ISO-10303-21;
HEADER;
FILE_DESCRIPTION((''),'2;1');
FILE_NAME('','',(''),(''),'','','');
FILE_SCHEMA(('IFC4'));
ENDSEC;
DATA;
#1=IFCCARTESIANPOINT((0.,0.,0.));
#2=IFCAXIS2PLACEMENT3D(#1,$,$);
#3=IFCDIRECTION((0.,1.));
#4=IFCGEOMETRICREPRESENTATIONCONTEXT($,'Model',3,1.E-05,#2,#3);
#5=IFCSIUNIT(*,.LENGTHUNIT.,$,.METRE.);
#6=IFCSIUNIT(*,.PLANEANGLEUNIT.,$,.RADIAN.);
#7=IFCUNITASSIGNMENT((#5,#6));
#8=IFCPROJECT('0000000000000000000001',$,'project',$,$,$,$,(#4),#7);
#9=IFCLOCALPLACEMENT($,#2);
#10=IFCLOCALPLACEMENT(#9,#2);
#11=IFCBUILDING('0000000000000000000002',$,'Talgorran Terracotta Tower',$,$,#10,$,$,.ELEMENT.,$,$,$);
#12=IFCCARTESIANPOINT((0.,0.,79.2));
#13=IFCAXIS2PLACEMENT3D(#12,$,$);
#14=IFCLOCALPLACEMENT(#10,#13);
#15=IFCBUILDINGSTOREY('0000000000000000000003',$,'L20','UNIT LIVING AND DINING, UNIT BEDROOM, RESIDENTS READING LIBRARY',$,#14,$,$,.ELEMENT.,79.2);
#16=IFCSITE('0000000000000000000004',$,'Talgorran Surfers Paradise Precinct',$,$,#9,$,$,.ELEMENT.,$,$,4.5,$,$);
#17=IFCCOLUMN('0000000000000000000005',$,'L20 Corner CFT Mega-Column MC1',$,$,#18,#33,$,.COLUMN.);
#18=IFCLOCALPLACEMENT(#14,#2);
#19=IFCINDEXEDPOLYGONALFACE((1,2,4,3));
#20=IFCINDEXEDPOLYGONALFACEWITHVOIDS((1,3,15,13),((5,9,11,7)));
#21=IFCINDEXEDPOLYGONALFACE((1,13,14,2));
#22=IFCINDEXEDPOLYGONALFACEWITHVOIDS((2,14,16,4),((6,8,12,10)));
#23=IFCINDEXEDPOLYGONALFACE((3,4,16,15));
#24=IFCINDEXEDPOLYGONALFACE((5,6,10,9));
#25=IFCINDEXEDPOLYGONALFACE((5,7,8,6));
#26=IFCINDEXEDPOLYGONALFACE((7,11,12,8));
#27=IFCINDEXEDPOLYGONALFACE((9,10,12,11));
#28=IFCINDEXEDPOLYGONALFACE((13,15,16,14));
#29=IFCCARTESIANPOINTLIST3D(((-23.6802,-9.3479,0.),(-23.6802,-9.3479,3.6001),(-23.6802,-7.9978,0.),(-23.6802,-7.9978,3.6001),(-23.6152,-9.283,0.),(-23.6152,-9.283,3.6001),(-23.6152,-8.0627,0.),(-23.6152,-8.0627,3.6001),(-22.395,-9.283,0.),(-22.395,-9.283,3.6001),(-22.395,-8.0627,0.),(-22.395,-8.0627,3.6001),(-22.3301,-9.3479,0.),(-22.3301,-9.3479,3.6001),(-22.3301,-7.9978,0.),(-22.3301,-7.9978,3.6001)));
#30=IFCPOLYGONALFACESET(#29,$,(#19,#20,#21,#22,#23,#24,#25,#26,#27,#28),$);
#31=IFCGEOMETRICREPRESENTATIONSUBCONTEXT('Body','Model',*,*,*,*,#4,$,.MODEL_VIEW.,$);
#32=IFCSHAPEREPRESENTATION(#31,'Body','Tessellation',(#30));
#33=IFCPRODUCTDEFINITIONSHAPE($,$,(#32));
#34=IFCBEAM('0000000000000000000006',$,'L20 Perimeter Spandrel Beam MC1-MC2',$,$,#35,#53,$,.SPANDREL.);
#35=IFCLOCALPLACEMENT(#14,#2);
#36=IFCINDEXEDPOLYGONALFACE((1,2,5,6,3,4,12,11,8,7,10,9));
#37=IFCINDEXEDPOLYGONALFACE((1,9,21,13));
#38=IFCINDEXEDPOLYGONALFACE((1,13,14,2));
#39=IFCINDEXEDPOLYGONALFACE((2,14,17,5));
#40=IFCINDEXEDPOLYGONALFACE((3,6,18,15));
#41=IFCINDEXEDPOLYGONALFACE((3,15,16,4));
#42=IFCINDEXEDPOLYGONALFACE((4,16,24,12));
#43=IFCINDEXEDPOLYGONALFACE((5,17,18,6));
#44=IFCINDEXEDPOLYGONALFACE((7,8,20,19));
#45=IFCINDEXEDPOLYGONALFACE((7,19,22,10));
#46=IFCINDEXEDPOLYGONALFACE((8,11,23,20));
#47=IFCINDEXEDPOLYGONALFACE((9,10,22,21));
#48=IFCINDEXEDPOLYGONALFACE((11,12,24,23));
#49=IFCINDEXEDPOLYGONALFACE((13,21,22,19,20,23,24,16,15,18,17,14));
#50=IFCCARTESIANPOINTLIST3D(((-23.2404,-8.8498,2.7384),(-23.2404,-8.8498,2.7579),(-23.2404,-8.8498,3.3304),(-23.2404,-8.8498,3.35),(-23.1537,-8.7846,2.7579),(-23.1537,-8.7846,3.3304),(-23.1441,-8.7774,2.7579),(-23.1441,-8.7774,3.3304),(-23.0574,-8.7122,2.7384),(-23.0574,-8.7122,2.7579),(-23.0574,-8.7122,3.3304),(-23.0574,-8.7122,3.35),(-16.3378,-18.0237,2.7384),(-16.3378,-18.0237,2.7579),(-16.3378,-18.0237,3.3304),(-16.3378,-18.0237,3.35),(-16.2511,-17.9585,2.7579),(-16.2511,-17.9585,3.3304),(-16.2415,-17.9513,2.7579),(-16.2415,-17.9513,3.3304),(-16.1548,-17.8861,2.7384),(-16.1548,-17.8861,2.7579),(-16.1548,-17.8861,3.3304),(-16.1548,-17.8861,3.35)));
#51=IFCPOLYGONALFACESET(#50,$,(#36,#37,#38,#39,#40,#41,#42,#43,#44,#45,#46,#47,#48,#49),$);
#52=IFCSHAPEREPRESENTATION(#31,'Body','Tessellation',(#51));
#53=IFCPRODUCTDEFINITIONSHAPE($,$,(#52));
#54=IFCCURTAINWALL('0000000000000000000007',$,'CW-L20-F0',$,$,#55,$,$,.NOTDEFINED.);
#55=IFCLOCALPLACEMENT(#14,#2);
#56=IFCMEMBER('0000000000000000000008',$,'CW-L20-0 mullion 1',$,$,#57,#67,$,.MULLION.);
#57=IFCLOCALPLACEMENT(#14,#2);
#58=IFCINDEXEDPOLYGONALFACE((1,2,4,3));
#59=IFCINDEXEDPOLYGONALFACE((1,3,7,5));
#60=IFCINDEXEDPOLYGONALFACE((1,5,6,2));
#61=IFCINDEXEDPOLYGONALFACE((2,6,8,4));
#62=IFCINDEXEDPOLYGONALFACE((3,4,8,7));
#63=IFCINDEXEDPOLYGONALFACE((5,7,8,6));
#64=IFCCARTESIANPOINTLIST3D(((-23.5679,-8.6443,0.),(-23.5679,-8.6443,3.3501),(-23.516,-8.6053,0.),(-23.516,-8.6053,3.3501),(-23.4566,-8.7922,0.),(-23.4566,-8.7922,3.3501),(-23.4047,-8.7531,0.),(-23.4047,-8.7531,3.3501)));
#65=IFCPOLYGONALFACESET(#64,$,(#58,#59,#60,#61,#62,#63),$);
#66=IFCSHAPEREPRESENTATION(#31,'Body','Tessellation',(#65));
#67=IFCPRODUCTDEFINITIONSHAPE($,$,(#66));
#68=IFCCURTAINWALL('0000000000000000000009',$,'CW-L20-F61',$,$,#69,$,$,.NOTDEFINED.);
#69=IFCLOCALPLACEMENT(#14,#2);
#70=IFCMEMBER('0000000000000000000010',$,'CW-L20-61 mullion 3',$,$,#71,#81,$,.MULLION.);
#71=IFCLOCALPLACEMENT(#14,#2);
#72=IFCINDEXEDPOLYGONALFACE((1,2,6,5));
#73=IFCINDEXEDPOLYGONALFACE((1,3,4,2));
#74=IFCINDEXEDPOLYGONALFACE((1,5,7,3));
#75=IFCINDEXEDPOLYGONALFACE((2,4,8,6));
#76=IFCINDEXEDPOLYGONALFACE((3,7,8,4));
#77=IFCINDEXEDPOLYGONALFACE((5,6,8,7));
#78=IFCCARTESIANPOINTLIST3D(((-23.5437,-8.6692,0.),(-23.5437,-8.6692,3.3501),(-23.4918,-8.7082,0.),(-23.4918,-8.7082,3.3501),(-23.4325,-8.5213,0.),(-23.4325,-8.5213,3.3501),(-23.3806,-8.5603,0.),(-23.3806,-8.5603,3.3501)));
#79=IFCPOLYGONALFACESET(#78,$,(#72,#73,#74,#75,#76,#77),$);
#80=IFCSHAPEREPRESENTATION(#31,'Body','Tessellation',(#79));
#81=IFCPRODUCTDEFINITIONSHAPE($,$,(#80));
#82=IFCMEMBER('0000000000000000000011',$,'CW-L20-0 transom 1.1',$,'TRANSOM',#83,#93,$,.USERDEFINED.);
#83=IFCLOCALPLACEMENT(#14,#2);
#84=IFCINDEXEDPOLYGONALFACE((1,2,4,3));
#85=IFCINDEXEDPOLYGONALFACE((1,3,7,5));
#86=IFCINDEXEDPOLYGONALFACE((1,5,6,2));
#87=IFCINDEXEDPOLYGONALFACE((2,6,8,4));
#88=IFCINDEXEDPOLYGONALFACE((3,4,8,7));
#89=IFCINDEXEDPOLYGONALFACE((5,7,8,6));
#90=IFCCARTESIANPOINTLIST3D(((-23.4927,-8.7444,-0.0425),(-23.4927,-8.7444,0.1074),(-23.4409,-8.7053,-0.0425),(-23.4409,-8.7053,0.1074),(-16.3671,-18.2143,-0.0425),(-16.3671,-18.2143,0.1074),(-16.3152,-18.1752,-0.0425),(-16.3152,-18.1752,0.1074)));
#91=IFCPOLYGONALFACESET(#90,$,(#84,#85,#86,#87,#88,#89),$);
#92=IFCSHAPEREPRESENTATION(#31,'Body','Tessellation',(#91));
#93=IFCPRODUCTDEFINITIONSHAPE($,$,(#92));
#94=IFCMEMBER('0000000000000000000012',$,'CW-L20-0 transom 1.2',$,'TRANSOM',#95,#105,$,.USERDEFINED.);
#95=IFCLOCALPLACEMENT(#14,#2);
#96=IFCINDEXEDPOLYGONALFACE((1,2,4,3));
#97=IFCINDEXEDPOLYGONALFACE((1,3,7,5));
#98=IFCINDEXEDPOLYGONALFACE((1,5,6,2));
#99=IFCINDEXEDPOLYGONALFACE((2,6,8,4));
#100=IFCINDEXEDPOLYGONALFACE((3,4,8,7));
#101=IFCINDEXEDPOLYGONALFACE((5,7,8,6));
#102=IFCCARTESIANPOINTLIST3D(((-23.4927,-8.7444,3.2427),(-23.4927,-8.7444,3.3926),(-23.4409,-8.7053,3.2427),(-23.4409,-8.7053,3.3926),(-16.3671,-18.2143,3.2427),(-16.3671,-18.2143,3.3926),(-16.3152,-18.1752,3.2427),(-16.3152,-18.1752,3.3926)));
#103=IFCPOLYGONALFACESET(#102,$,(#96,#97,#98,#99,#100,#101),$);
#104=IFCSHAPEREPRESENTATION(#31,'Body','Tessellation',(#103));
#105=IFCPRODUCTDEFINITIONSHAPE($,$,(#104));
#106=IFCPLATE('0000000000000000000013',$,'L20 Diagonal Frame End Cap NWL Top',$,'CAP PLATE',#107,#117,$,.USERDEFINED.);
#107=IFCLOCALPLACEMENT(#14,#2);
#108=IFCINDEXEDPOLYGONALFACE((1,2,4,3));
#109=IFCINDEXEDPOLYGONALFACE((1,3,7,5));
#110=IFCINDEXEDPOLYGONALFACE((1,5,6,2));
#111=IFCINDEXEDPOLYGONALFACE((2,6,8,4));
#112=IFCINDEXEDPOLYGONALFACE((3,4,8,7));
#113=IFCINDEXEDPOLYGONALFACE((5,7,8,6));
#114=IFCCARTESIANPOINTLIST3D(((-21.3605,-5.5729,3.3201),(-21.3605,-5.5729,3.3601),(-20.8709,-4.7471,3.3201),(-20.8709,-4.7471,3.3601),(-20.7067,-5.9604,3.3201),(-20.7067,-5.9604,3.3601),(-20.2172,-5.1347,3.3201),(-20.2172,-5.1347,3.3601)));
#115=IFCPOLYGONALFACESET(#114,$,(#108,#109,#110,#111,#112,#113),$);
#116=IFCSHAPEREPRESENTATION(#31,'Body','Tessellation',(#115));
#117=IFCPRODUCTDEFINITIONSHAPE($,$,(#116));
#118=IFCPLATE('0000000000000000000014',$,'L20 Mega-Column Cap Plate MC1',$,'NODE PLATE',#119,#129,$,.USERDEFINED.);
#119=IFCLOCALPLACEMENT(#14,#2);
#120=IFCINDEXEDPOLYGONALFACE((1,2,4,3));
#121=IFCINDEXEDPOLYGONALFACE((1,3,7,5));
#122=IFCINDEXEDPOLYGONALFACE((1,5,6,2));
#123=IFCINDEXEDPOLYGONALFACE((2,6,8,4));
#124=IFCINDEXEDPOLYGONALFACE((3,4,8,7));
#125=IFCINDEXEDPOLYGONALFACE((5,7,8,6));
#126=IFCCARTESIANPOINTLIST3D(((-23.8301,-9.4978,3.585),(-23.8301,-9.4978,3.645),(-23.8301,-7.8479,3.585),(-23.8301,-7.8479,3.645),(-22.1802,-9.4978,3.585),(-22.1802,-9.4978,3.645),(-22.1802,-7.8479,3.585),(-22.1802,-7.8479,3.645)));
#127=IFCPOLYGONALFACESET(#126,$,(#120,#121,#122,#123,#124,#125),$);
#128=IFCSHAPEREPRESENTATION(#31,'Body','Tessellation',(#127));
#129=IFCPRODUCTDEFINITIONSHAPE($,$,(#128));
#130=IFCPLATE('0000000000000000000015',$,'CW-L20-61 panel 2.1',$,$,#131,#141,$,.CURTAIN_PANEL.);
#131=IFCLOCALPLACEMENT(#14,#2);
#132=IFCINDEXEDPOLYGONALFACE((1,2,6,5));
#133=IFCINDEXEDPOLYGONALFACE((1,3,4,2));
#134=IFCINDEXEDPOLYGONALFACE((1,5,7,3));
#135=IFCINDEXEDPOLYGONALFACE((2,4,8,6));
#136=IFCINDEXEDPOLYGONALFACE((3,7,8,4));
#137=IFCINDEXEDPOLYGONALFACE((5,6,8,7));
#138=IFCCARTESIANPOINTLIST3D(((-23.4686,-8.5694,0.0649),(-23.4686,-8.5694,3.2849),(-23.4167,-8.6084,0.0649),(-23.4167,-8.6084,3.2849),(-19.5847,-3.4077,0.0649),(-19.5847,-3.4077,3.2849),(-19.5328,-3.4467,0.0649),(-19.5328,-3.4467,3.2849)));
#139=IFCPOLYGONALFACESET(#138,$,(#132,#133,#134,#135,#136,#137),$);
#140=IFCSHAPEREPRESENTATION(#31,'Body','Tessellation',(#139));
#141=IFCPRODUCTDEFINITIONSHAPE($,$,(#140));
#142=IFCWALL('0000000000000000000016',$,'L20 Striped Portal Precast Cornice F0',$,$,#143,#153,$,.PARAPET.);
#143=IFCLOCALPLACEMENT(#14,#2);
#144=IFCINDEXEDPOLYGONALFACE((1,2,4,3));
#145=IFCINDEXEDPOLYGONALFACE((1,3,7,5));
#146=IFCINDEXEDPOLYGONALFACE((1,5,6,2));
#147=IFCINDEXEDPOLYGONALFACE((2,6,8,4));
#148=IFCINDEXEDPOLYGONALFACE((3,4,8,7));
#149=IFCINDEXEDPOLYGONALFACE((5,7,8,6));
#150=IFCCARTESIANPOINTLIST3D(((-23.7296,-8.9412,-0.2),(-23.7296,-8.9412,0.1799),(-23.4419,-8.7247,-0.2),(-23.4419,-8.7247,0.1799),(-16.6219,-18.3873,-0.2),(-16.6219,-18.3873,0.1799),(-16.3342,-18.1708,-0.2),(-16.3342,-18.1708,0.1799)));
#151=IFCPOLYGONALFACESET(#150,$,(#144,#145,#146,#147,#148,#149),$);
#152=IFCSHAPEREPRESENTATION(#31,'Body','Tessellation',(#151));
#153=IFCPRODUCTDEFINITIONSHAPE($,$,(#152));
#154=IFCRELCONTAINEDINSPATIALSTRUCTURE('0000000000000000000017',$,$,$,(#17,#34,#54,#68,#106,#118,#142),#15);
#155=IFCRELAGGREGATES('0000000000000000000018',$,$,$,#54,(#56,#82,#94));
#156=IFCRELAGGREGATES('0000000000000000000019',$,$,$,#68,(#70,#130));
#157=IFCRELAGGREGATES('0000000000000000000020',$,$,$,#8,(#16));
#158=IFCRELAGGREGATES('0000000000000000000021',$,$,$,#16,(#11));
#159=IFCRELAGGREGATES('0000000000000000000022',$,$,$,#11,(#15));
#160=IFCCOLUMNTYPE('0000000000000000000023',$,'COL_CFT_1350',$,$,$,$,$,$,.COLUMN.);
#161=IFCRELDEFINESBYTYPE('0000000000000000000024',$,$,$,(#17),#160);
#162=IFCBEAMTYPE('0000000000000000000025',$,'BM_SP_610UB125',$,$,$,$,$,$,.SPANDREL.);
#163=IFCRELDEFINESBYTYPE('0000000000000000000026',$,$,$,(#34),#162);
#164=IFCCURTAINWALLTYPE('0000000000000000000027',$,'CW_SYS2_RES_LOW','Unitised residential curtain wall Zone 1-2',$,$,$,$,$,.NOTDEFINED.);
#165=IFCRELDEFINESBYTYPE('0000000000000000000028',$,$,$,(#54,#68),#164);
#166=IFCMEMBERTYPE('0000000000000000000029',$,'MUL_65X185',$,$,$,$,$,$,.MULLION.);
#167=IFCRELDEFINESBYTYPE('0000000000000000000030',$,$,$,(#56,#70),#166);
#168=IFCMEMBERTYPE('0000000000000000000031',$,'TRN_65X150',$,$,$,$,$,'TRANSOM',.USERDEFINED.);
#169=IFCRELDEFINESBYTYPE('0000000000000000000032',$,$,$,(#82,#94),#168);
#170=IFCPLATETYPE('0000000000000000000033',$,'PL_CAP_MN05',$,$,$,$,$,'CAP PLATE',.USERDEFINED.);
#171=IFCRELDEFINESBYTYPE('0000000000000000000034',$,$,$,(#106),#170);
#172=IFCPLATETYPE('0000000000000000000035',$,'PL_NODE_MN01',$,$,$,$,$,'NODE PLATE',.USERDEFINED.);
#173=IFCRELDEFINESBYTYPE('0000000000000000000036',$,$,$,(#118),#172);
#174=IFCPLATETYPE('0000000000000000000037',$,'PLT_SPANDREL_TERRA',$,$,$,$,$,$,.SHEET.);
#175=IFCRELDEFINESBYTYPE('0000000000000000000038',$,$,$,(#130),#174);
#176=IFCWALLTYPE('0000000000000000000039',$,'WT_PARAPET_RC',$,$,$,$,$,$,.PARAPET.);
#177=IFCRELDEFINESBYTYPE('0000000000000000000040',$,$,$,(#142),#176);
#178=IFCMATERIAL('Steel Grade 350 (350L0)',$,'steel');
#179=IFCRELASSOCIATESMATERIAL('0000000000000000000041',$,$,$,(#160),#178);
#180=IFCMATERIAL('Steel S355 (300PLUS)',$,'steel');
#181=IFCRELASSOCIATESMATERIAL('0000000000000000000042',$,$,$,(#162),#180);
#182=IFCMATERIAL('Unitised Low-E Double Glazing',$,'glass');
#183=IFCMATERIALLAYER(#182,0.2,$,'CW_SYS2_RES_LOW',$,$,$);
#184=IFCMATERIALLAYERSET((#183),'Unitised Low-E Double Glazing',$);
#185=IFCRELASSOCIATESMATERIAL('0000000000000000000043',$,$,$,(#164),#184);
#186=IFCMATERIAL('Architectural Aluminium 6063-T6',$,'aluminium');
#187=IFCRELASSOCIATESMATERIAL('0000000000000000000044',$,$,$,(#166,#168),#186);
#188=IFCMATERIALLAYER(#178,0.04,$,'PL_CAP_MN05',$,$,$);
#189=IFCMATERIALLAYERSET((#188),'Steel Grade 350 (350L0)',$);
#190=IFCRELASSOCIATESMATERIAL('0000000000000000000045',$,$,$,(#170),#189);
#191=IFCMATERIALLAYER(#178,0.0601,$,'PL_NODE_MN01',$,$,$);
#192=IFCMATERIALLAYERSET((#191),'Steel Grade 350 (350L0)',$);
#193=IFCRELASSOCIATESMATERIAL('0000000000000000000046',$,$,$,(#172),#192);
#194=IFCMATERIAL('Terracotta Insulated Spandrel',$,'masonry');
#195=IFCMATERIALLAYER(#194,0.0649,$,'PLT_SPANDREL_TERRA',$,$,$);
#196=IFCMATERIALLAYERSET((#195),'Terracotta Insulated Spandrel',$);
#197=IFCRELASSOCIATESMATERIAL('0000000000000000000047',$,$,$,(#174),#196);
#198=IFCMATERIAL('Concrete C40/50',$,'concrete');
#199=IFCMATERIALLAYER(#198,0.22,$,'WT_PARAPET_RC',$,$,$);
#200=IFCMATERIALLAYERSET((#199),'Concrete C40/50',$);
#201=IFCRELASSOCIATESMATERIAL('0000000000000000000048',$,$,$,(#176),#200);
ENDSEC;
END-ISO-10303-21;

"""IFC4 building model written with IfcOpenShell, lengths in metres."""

from ifc_helpers import new_model, si_unit, direction, frame, frame_2d, origin, origin_2d, place, context, subcontext, project, spatial, rectangle, hollow_rectangle, i_section, extrude, source, transform, mapped, material, layer, layer_set, material_profile, profile_set, type_object, type_shapes, element, aggregate, save


model = new_model("IFC4")

# Units and contexts
model_context = context("Model", 3, precision=1e-05, world=origin(), true_north=direction((0.0, 1.0)))
body_context = subcontext(model_context, "Body", "Model", "MODEL_VIEW")
ifc_project = project(units=[si_unit("LENGTHUNIT", "METRE"), si_unit("PLANEANGLEUNIT", "RADIAN")], contexts=[model_context])

# Site, building, storey
site_placement = place(None, origin())
site = spatial("IfcSite", under=ifc_project, at=site_placement, Name="Talgorran Surfers Paradise Precinct", CompositionType="ELEMENT", RefElevation=4.5)
building_placement = place(site_placement, origin())
building = spatial("IfcBuilding", under=site, at=building_placement, Name="Talgorran Terracotta Tower", CompositionType="ELEMENT")
storey_placement = place(building_placement, frame((0.0, 0.0, 79.2)))
storey = spatial("IfcBuildingStorey", under=building, at=storey_placement, Name="L20", Description="UNIT LIVING AND DINING, UNIT BEDROOM, RESIDENTS READING LIBRARY", CompositionType="ELEMENT", Elevation=79.2)

# Column
ifc_material_1 = material(Name="Steel Grade 350 (350L0)", Category="steel")
ifc_material_profile_1 = material_profile(ifc_material_1, hollow_rectangle(XDim=1.3501, YDim=1.3501, WallThickness=0.0649, at=origin_2d()), Name="CFT1350X1350X65")
ifc_profile_set_1 = profile_set([ifc_material_profile_1], Name="Steel Grade 350 (350L0)")
column_type = type_object("IfcColumnType", Name="COL_CFT_1350", PredefinedType="COLUMN", material=ifc_profile_set_1)
column_placement = place(storey_placement, frame((-23.0051, -8.6729, 0.0), z_axis=(0.0, 0.0, 1.0), x_axis=(1.0, 0.0, 0.0)))
element("IfcColumn", 1, at=column_placement, inside=storey, type_object=column_type, Name="L20 Corner CFT Mega-Column MC1", PredefinedType="COLUMN", context=body_context, shape_type="SweptSolid", body=[
    extrude(hollow_rectangle(XDim=1.3501, YDim=1.3501, WallThickness=0.0649, at=origin_2d()), origin(), (0.0, 0.0, 1.0), 3.6001),
])

# Beam
ifc_material_2 = material(Name="Steel S355 (300PLUS)", Category="steel")
ifc_material_profile_2 = material_profile(ifc_material_2, i_section(OverallWidth=0.229, OverallDepth=0.6116, WebThickness=0.012, FlangeThickness=0.0195, at=origin_2d()), Name="610UB125")
ifc_profile_set_2 = profile_set([ifc_material_profile_2], Name="Steel S355 (300PLUS)")
beam_type = type_object("IfcBeamType", Name="BM_SP_610UB125", PredefinedType="SPANDREL", material=ifc_profile_set_2)
beam_placement = place(storey_placement, frame((-23.1489, -8.781, 3.0442), z_axis=(0.601238, -0.79907, 0.0), x_axis=(0.79907, 0.601238, 0.0)))
element("IfcBeam", 2, at=beam_placement, inside=storey, type_object=beam_type, Name="L20 Perimeter Spandrel Beam MC1-MC2", PredefinedType="SPANDREL", context=body_context, shape_type="SweptSolid", body=[
    extrude(i_section(OverallWidth=0.229, OverallDepth=0.6116, WebThickness=0.012, FlangeThickness=0.0195, at=origin_2d()), origin(), (0.0, 0.0, 1.0), 11.4807),
])

# Curtain walls, members
ifc_material_3 = material(Name="Unitised Low-E Double Glazing", Category="glass")
ifc_layer_1 = layer(ifc_material_3, 0.2, Name="CW_SYS2_RES_LOW")
ifc_layer_set_1 = layer_set([ifc_layer_1], Name="Unitised Low-E Double Glazing")
curtain_wall_type = type_object("IfcCurtainWallType", Name="CW_SYS2_RES_LOW", Description="Unitised residential curtain wall Zone 1-2", PredefinedType="NOTDEFINED", material=ifc_layer_set_1)
curtain_wall_1_placement = place(storey_placement, origin())
curtain_wall_1 = element("IfcCurtainWall", 3, at=curtain_wall_1_placement, inside=storey, type_object=curtain_wall_type, Name="CW-L20-F0", PredefinedType="NOTDEFINED")
ifc_material_4 = material(Name="Architectural Aluminium 6063-T6", Category="aluminium")
ifc_material_profile_3 = material_profile(ifc_material_4, rectangle(XDim=0.0649, YDim=0.1851, at=origin_2d()), Name="CWM65X185")
ifc_profile_set_3 = profile_set([ifc_material_profile_3], Name="Architectural Aluminium 6063-T6")
member_type_1 = type_object("IfcMemberType", Name="MUL_65X185", PredefinedType="MULLION", material=ifc_profile_set_3)
member_1_placement = place(storey_placement, frame((-23.4863, -8.6987, 0.0), z_axis=(0.0, 0.0, 1.0), x_axis=(0.799067, 0.601243, 0.0)))
member_1 = element("IfcMember", 4, at=member_1_placement, type_object=member_type_1, Name="CW-L20-0 mullion 1", PredefinedType="MULLION", context=body_context, shape_type="SweptSolid", body=[
    extrude(rectangle(XDim=0.0649, YDim=0.1851, at=origin_2d()), origin(), (0.0, 0.0, 1.0), 3.3501),
])
curtain_wall_2_placement = place(storey_placement, origin())
curtain_wall_2 = element("IfcCurtainWall", 5, at=curtain_wall_2_placement, inside=storey, type_object=curtain_wall_type, Name="CW-L20-F61", PredefinedType="NOTDEFINED")
member_2_placement = place(storey_placement, frame((-23.4622, -8.6147, 0.0), z_axis=(0.0, 0.0, 1.0), x_axis=(0.799064, -0.601246, 0.0)))
member_2 = element("IfcMember", 6, at=member_2_placement, type_object=member_type_1, Name="CW-L20-61 mullion 3", PredefinedType="MULLION", context=body_context, shape_type="SweptSolid", body=[
    extrude(rectangle(XDim=0.0649, YDim=0.1851, at=origin_2d()), origin(), (0.0, 0.0, 1.0), 3.3501),
])

# Members
ifc_material_profile_4 = material_profile(ifc_material_4, rectangle(XDim=0.0649, YDim=0.1499, at=origin_2d()), Name="CWT65X150")
ifc_profile_set_4 = profile_set([ifc_material_profile_4], Name="Architectural Aluminium 6063-T6")
member_type_2 = type_object("IfcMemberType", Name="TRN_65X150", ElementType="TRANSOM", PredefinedType="USERDEFINED", material=ifc_profile_set_4)
member_3_placement = place(storey_placement, frame((-23.4668, -8.7249, 0.0325), z_axis=(0.601255, -0.799057, 0.0), x_axis=(0.799057, 0.601255, 0.0)))
member_3 = element("IfcMember", 7, at=member_3_placement, type_object=member_type_2, Name="CW-L20-0 transom 1.1", ObjectType="TRANSOM", PredefinedType="USERDEFINED", context=body_context, shape_type="SweptSolid", body=[
    extrude(rectangle(XDim=0.0649, YDim=0.1499, at=origin_2d()), origin(), (0.0, 0.0, 1.0), 11.8513),
])
member_4_placement = place(storey_placement, frame((-23.4668, -8.7249, 3.3176), z_axis=(0.601255, -0.799057, 0.0), x_axis=(0.799057, 0.601255, 0.0)))
member_4 = element("IfcMember", 8, at=member_4_placement, type_object=member_type_2, Name="CW-L20-0 transom 1.2", ObjectType="TRANSOM", PredefinedType="USERDEFINED", context=body_context, shape_type="SweptSolid", body=[
    extrude(rectangle(XDim=0.0649, YDim=0.1499, at=origin_2d()), origin(), (0.0, 0.0, 1.0), 11.8513),
])
aggregate(curtain_wall_1, [member_1, member_3, member_4])

# Plates
ifc_layer_2 = layer(ifc_material_1, 0.04, Name="PL_CAP_MN05")
ifc_layer_set_2 = layer_set([ifc_layer_2], Name="Steel Grade 350 (350L0)")
plate_type_1 = type_object("IfcPlateType", Name="PL_CAP_MN05", ElementType="CAP PLATE", PredefinedType="USERDEFINED", material=ifc_layer_set_2)
plate_1_placement = place(storey_placement, frame((-20.7888, -5.3538, 3.3201), z_axis=(0.0, 0.0, 1.0), x_axis=(-0.509943, -0.860208, 0.0)))
element("IfcPlate", 9, at=plate_1_placement, inside=storey, type_object=plate_type_1, Name="L20 Diagonal Frame End Cap NWL Top", ObjectType="CAP PLATE", PredefinedType="USERDEFINED", context=body_context, shape_type="SweptSolid", body=[
    extrude(rectangle(XDim=0.96, YDim=0.76, at=origin_2d()), origin(), (0.0, 0.0, 1.0), 0.04),
])
ifc_layer_3 = layer(ifc_material_1, 0.0601, Name="PL_NODE_MN01")
ifc_layer_set_3 = layer_set([ifc_layer_3], Name="Steel Grade 350 (350L0)")
plate_type_2 = type_object("IfcPlateType", Name="PL_NODE_MN01", ElementType="NODE PLATE", PredefinedType="USERDEFINED", material=ifc_layer_set_3)
plate_2_placement = place(storey_placement, frame((-23.0051, -8.6729, 3.585), z_axis=(0.0, 0.0, 1.0), x_axis=(1.0, 0.0, 0.0)))
element("IfcPlate", 10, at=plate_2_placement, inside=storey, type_object=plate_type_2, Name="L20 Mega-Column Cap Plate MC1", ObjectType="NODE PLATE", PredefinedType="USERDEFINED", context=body_context, shape_type="SweptSolid", body=[
    extrude(rectangle(XDim=1.6499, YDim=1.6499, at=origin_2d()), origin(), (0.0, 0.0, 1.0), 0.0601),
])

# Plate
ifc_material_5 = material(Name="Terracotta Insulated Spandrel", Category="masonry")
ifc_layer_4 = layer(ifc_material_5, 0.0649, Name="PLT_SPANDREL_TERRA")
ifc_layer_set_4 = layer_set([ifc_layer_4], Name="Terracotta Insulated Spandrel")
plate_type_3 = type_object("IfcPlateType", Name="PLT_SPANDREL_TERRA", PredefinedType="SHEET", material=ifc_layer_set_4)
shared_shape = source(origin(), body_context, "Body", "SweptSolid", [
    extrude(rectangle(XDim=6.4597, YDim=0.0649, at=origin_2d()), origin(), (0.0, 0.0, 1.0), 3.22),
])
type_shapes(plate_type_3, [shared_shape])
plate_3_placement = place(storey_placement, frame((-21.5007, -6.0081, 0.0649), z_axis=(0.0, 0.0, 1.0), x_axis=(-0.601246, -0.799064, 0.0)))
plate_3 = element("IfcPlate", 11, at=plate_3_placement, type_object=plate_type_3, Name="CW-L20-61 panel 2.1", PredefinedType="CURTAIN_PANEL", context=body_context, shape_type="MappedRepresentation", body=[
    mapped(shared_shape, transform((0.0, 0.0, 0.0), scale=1.0)),
])
aggregate(curtain_wall_2, [member_2, plate_3])

# Wall
ifc_material_6 = material(Name="Concrete C40/50", Category="concrete")
ifc_layer_5 = layer(ifc_material_6, 0.22, Name="WT_PARAPET_RC")
ifc_layer_set_5 = layer_set([ifc_layer_5], Name="Concrete C40/50")
wall_type_1 = type_object("IfcWallType", Name="WT_PARAPET_RC", PredefinedType="PARAPET", material=ifc_layer_set_5)
wall_1_placement = place(storey_placement, frame((-23.5857, -8.833, -0.2), z_axis=(0.0, 0.0, 1.0), x_axis=(0.601252, -0.79906, 0.0)))
element("IfcWall", 12, at=wall_1_placement, inside=storey, type_object=wall_type_1, Name="L20 Striped Portal Precast Cornice F0", PredefinedType="PARAPET", context=body_context, shape_type="SweptSolid", body=[
    extrude(rectangle(XDim=11.8215, YDim=0.3601, at=frame_2d((5.9106, 0.0))), origin(), (0.0, 0.0, 1.0), 0.3799),
])

save(model, "model.ifc")
